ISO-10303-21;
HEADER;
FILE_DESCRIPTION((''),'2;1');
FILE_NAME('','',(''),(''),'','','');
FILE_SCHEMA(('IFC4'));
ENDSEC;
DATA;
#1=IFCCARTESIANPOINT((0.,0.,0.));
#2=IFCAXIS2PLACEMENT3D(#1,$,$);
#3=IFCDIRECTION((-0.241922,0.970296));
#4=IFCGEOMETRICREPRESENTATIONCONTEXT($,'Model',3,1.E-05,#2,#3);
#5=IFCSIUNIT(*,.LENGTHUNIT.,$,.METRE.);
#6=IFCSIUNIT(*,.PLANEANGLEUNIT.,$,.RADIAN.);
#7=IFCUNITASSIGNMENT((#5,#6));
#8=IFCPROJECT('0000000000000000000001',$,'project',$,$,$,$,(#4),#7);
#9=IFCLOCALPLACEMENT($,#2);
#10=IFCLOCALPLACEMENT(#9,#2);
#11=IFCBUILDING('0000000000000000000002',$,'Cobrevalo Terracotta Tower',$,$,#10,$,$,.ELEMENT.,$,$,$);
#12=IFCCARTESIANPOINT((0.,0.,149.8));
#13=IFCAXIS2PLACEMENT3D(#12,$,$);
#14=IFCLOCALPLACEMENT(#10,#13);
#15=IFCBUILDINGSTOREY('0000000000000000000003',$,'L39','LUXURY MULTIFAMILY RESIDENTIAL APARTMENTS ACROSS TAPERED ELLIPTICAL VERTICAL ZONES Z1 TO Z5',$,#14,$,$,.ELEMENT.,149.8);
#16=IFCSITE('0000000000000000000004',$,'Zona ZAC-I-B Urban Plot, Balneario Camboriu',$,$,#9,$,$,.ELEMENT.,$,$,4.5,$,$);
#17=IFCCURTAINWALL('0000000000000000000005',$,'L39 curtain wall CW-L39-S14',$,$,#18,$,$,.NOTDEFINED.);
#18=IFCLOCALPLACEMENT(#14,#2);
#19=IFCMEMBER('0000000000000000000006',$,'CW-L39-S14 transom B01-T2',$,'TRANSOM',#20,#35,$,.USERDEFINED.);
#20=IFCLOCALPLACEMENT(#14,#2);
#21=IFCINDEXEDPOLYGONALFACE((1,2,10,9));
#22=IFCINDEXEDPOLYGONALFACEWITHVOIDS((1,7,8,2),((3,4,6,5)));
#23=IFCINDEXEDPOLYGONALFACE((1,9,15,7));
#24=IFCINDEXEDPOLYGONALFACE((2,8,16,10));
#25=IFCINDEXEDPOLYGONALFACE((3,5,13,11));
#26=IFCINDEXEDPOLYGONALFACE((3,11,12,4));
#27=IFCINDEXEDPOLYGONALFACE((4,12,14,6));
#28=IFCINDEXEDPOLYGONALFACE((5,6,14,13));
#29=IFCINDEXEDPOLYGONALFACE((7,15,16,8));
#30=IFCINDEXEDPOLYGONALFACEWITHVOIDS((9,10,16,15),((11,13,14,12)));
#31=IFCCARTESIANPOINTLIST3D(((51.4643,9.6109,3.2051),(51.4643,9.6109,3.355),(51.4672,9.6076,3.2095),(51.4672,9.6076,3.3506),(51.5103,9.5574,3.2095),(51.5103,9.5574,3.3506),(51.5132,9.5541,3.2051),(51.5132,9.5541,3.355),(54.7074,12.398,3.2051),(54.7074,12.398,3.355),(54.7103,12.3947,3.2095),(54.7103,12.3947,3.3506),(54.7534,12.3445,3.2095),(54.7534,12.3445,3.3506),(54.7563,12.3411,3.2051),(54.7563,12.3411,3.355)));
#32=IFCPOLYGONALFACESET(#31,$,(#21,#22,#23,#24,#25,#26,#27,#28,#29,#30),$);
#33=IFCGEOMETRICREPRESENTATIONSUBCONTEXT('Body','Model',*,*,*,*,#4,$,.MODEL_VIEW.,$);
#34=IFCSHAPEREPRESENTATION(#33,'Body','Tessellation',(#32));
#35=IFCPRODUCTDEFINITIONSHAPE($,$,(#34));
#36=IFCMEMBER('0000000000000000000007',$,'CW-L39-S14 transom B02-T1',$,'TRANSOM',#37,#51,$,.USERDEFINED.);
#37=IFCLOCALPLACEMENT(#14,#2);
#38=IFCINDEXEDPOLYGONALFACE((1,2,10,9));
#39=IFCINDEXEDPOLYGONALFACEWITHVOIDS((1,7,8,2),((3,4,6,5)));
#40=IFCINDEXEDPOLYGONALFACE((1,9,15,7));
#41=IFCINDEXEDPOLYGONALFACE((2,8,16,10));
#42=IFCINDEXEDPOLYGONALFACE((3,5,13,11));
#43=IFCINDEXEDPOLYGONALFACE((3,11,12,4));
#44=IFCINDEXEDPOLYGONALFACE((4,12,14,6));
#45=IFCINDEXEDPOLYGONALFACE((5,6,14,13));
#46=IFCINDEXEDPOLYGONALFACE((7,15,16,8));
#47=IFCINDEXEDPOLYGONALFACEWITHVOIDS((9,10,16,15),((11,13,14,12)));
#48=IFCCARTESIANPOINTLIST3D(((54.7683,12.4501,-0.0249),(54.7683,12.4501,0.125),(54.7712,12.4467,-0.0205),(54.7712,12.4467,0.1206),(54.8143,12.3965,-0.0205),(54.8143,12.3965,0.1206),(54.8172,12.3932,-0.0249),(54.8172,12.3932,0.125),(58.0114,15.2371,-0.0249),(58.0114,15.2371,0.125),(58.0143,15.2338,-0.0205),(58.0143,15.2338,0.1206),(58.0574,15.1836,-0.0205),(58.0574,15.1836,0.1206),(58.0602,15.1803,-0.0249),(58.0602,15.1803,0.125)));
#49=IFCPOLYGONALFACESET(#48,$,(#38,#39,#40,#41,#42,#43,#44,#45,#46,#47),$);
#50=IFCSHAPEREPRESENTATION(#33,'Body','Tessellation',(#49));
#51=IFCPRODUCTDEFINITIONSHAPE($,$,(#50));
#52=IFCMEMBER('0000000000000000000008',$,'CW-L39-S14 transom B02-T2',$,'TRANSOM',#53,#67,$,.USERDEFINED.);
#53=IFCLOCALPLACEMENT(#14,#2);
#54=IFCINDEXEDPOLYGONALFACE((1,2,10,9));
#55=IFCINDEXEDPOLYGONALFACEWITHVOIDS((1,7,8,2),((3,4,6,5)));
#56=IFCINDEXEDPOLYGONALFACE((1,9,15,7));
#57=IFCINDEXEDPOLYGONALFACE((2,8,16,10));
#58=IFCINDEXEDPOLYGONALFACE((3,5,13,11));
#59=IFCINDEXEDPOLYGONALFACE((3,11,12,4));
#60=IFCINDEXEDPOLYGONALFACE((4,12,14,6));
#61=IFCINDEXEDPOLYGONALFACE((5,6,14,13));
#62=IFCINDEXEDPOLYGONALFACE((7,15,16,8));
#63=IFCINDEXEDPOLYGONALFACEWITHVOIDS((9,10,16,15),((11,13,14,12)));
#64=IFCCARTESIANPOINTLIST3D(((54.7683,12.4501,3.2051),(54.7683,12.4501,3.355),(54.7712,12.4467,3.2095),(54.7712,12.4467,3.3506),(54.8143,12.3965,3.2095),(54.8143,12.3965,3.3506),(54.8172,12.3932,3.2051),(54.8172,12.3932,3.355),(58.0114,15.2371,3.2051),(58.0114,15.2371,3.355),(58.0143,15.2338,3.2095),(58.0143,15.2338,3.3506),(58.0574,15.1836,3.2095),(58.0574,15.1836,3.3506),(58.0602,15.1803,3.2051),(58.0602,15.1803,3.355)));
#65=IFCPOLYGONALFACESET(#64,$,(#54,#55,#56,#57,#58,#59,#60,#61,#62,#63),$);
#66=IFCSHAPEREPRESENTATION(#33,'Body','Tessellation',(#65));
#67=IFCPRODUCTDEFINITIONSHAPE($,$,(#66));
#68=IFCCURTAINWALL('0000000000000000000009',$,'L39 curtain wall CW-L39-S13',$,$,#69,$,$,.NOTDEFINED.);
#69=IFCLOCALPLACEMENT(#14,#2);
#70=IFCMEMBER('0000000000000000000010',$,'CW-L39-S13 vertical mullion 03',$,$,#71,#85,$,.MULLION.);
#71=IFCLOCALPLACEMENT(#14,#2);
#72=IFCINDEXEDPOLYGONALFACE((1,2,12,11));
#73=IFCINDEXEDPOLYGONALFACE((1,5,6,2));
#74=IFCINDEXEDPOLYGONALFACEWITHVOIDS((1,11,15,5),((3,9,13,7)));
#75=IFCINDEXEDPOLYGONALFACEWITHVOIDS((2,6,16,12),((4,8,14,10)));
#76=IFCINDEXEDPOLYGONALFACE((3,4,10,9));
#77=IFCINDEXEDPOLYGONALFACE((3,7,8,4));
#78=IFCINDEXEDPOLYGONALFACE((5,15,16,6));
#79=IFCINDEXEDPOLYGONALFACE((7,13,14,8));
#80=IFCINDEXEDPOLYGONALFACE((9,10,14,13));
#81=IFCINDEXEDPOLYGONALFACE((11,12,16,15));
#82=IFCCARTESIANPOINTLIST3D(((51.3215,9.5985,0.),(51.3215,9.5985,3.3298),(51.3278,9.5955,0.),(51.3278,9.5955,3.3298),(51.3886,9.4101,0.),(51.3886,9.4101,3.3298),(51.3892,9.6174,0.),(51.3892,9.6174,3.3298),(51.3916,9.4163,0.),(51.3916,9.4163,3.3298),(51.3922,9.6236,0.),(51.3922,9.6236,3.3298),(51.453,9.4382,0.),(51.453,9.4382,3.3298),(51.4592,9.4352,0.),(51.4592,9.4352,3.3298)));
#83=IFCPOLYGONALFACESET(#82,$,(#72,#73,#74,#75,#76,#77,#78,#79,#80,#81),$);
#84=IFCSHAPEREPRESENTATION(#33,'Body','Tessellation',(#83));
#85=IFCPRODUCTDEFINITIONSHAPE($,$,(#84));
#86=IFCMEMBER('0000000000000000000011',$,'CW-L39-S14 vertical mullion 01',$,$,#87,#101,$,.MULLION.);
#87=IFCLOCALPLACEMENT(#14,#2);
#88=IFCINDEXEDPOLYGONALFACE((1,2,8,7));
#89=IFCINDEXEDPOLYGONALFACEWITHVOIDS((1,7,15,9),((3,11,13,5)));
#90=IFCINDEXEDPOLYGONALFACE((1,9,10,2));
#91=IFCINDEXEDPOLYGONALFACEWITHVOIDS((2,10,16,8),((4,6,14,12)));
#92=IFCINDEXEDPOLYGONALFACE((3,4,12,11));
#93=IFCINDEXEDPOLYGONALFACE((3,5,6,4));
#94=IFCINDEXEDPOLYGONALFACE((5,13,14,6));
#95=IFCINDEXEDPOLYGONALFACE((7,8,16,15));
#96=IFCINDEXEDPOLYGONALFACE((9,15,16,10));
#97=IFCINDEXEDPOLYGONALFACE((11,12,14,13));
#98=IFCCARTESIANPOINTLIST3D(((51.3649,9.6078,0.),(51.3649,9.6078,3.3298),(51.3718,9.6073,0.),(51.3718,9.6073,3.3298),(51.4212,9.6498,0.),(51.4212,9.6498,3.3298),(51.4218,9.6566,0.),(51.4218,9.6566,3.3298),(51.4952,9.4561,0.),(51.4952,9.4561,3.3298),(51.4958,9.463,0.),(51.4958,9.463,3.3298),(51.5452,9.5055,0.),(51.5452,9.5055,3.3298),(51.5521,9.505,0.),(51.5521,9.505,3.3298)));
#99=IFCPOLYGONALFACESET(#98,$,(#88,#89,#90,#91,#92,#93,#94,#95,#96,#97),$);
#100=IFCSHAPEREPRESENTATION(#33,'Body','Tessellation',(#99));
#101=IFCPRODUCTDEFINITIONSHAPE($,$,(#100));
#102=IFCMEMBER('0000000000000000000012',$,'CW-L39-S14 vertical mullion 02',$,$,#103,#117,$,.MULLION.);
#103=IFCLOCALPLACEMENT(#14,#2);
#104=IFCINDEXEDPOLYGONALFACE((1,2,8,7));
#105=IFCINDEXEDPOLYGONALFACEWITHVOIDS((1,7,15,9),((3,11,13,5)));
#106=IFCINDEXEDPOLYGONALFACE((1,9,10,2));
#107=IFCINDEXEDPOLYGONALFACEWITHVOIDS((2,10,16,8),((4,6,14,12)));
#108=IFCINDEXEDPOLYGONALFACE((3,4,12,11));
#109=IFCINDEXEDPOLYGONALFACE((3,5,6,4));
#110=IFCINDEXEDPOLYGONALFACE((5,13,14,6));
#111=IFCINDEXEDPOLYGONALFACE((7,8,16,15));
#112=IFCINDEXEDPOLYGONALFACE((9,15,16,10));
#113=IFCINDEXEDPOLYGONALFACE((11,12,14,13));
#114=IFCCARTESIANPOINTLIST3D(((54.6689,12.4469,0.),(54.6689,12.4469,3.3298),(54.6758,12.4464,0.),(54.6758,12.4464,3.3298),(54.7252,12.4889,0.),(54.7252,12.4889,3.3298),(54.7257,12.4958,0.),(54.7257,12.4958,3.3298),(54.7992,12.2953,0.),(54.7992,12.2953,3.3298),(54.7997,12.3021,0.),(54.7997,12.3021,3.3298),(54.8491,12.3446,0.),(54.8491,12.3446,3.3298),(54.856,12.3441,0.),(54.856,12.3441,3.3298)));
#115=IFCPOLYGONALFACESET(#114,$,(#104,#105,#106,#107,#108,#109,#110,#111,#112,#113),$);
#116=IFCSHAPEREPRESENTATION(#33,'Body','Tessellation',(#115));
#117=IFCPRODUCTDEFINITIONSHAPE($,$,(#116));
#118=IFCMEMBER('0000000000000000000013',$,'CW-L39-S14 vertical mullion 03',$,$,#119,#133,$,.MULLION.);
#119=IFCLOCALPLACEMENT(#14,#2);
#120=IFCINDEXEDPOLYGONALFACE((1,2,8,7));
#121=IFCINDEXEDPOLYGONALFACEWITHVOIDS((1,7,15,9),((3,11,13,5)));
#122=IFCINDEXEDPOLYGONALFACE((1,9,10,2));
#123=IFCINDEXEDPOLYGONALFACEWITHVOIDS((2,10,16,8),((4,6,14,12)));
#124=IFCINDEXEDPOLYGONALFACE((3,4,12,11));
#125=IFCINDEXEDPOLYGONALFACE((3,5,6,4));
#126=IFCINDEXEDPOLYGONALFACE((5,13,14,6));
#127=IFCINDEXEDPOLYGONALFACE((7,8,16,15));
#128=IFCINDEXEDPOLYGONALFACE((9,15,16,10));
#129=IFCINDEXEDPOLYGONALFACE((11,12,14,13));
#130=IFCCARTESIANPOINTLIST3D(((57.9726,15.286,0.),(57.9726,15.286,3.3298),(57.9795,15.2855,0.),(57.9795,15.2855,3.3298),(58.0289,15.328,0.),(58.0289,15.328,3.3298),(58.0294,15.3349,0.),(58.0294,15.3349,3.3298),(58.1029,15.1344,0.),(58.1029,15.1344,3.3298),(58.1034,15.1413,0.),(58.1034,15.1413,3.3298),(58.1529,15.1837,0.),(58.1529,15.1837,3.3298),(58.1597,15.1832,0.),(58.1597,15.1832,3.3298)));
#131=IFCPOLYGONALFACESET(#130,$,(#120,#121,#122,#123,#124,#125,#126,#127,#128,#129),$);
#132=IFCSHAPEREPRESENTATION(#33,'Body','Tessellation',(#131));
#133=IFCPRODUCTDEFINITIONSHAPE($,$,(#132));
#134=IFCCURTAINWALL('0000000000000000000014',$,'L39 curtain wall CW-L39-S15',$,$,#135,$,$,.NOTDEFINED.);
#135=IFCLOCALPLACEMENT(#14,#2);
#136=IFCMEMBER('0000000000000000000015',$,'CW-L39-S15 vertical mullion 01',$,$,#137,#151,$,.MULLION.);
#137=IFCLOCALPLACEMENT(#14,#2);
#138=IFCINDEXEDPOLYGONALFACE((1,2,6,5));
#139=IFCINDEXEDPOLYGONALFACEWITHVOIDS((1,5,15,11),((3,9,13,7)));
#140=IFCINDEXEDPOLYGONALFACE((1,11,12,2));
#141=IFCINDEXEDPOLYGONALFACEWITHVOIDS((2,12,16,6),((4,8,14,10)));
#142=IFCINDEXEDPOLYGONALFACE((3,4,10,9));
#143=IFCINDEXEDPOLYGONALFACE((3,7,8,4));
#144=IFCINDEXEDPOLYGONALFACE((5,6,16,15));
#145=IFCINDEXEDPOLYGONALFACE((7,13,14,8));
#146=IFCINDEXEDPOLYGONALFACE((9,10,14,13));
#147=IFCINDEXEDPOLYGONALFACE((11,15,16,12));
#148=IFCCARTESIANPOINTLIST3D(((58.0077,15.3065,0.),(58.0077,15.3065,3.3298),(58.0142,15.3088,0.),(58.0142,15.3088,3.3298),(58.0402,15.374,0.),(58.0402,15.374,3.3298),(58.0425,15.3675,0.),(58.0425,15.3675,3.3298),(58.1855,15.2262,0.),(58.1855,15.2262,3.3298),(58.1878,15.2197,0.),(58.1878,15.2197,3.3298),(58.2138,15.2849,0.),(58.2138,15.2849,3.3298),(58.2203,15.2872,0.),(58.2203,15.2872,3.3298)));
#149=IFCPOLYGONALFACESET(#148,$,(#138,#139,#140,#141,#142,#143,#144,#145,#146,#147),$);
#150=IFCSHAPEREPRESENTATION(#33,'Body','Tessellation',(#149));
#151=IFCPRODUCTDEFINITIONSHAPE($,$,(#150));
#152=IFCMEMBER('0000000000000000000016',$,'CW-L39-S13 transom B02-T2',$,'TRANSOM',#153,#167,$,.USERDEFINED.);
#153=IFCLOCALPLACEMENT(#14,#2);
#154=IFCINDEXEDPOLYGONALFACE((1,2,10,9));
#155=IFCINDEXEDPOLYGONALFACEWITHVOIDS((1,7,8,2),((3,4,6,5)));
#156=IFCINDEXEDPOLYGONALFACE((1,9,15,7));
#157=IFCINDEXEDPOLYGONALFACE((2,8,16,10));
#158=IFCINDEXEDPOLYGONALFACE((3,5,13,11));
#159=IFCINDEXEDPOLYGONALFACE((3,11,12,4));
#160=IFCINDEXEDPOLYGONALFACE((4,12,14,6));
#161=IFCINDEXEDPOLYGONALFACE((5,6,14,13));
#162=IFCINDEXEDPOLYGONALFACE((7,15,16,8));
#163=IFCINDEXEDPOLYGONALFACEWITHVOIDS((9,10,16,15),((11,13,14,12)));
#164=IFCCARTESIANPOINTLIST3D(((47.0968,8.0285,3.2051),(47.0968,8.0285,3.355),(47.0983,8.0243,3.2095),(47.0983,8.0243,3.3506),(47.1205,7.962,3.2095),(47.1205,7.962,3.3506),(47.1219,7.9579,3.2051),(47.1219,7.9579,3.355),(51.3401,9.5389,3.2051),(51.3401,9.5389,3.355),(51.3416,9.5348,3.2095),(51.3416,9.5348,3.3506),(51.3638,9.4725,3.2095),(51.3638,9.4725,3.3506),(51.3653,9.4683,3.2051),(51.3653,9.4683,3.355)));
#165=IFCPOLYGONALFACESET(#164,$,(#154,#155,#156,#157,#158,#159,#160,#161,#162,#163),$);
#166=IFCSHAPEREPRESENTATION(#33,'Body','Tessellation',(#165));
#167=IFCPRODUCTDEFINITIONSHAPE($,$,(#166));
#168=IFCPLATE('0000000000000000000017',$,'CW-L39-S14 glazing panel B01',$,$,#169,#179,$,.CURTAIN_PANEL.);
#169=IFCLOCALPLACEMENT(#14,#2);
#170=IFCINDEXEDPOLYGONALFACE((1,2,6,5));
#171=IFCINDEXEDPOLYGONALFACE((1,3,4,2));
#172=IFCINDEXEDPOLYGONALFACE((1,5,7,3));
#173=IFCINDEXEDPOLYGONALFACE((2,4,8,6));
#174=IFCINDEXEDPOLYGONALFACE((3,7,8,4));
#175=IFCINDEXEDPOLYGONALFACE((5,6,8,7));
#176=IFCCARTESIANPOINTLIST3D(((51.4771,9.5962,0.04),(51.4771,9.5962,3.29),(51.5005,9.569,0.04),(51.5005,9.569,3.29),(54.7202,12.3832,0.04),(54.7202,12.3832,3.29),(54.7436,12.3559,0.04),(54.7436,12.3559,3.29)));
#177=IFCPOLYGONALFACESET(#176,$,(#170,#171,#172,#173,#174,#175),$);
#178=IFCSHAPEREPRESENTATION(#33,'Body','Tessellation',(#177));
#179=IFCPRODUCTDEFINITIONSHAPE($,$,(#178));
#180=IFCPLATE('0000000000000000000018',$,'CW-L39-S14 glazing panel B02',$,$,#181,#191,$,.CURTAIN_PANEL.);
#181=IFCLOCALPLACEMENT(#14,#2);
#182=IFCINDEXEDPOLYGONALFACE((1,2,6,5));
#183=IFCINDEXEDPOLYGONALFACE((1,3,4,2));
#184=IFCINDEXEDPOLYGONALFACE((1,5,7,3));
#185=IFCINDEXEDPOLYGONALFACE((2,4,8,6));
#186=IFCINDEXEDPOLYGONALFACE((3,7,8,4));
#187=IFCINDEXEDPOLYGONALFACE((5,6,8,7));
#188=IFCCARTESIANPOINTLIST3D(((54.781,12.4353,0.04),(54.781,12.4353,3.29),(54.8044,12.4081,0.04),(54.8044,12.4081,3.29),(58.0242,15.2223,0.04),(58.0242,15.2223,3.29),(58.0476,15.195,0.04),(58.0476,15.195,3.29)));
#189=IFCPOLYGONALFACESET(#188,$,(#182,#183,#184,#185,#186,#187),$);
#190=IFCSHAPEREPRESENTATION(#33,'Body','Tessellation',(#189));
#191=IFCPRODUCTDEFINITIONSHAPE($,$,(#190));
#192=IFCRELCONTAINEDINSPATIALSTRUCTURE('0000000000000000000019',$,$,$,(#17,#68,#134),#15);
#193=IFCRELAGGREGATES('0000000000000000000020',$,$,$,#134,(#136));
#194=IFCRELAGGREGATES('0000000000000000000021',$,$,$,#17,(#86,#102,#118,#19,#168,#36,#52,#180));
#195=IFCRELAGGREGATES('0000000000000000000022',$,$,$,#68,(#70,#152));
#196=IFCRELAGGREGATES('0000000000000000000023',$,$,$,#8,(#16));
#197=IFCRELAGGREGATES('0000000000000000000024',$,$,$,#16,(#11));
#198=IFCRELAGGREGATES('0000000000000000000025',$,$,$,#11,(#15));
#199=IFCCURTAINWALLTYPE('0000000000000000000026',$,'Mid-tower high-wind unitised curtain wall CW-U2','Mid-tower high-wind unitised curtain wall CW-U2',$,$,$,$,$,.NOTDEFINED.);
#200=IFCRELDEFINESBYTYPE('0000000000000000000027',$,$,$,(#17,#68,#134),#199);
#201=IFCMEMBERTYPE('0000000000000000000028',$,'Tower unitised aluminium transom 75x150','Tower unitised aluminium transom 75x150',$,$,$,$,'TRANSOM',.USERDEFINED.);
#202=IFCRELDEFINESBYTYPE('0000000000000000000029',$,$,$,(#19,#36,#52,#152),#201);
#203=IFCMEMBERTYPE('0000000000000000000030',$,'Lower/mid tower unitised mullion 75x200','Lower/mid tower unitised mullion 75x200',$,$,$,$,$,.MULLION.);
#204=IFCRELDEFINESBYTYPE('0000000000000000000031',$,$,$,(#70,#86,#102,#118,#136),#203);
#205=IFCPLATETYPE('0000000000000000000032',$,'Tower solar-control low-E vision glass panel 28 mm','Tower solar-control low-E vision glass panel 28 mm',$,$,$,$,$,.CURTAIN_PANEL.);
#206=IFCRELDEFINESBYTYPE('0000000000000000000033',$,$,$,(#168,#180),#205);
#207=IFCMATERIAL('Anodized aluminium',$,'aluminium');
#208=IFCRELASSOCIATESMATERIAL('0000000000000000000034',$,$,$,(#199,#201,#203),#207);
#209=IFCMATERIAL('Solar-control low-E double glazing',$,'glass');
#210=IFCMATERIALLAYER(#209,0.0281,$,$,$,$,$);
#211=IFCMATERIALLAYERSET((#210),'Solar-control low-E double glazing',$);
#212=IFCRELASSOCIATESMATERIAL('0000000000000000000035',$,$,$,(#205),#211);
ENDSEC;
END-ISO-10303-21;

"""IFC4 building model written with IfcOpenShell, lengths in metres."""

from ifc_helpers import new_model, si_unit, direction, frame, origin, origin_2d, place, context, subcontext, project, spatial, rectangle, hollow_rectangle, extrude, source, transform, mapped, material, layer, layer_set, material_profile, profile_set, type_object, element, aggregate, save


model = new_model("IFC4")

# Units and contexts
model_context = context("Model", 3, precision=1e-05, world=origin(), true_north=direction((-0.241922, 0.970296)))
body_context = subcontext(model_context, "Body", "Model", "MODEL_VIEW")
ifc_project = project(units=[si_unit("LENGTHUNIT", "METRE"), si_unit("PLANEANGLEUNIT", "RADIAN")], contexts=[model_context])

# Site, building, storey
site_placement = place(None, origin())
site = spatial("IfcSite", under=ifc_project, at=site_placement, Name="Zona ZAC-I-B Urban Plot, Balneario Camboriu", CompositionType="ELEMENT", RefElevation=4.5)
building_placement = place(site_placement, origin())
building = spatial("IfcBuilding", under=site, at=building_placement, Name="Cobrevalo Terracotta Tower", CompositionType="ELEMENT")
storey_placement = place(building_placement, frame((0.0, 0.0, 149.8)))
storey = spatial("IfcBuildingStorey", under=building, at=storey_placement, Name="L39", Description="LUXURY MULTIFAMILY RESIDENTIAL APARTMENTS ACROSS TAPERED ELLIPTICAL VERTICAL ZONES Z1 TO Z5", CompositionType="ELEMENT", Elevation=149.8)

# Curtain wall, members
ifc_material_1 = material(Name="Anodized aluminium", Category="aluminium")
curtain_wall_type = type_object("IfcCurtainWallType", Name="Mid-tower high-wind unitised curtain wall CW-U2", Description="Mid-tower high-wind unitised curtain wall CW-U2", PredefinedType="NOTDEFINED", material=ifc_material_1)
curtain_wall_1_placement = place(storey_placement, origin())
curtain_wall_1 = element("IfcCurtainWall", 1, at=curtain_wall_1_placement, inside=storey, type_object=curtain_wall_type, Name="L39 curtain wall CW-L39-S14", PredefinedType="NOTDEFINED")
ifc_material_profile_1 = material_profile(ifc_material_1, hollow_rectangle(XDim=0.075, YDim=0.1499, WallThickness=0.0044, at=origin_2d()), Name="CWT 75x150")
ifc_profile_set_1 = profile_set([ifc_material_profile_1], Name="Anodized aluminium")
member_type_1 = type_object("IfcMemberType", Name="Tower unitised aluminium transom 75x150", Description="Tower unitised aluminium transom 75x150", ElementType="TRANSOM", PredefinedType="USERDEFINED", material=ifc_profile_set_1)
shared_shape_1 = source(origin(), body_context, "Body", "SweptSolid", [
    extrude(hollow_rectangle(XDim=0.075, YDim=0.1499, WallThickness=0.0044, at=origin_2d()), origin(), (0.0, 0.0, 1.0), 4.2761),
])
member_1_placement = place(storey_placement, frame((51.4888, 9.5825, 3.28), z_axis=(0.758418, 0.651769, 0.0), x_axis=(-0.651769, 0.758418, 0.0)))
member_1 = element("IfcMember", 2, at=member_1_placement, type_object=member_type_1, Name="CW-L39-S14 transom B01-T2", ObjectType="TRANSOM", PredefinedType="USERDEFINED", context=body_context, shape_type="MappedRepresentation", body=[
    mapped(shared_shape_1, transform((0.0, 0.0, 0.0), scale=1.0)),
])
member_2_placement = place(storey_placement, frame((54.7927, 12.4216, 0.05), z_axis=(0.758418, 0.651769, 0.0), x_axis=(-0.651769, 0.758418, 0.0)))
member_2 = element("IfcMember", 3, at=member_2_placement, type_object=member_type_1, Name="CW-L39-S14 transom B02-T1", ObjectType="TRANSOM", PredefinedType="USERDEFINED", context=body_context, shape_type="MappedRepresentation", body=[
    mapped(shared_shape_1, transform((0.0, 0.0, 0.0), scale=1.0)),
])
member_3_placement = place(storey_placement, frame((54.7927, 12.4216, 3.28), z_axis=(0.758418, 0.651769, 0.0), x_axis=(-0.651769, 0.758418, 0.0)))
member_3 = element("IfcMember", 4, at=member_3_placement, type_object=member_type_1, Name="CW-L39-S14 transom B02-T2", ObjectType="TRANSOM", PredefinedType="USERDEFINED", context=body_context, shape_type="MappedRepresentation", body=[
    mapped(shared_shape_1, transform((0.0, 0.0, 0.0), scale=1.0)),
])

# Curtain wall, member
curtain_wall_2_placement = place(storey_placement, origin())
curtain_wall_2 = element("IfcCurtainWall", 5, at=curtain_wall_2_placement, inside=storey, type_object=curtain_wall_type, Name="L39 curtain wall CW-L39-S13", PredefinedType="NOTDEFINED")
ifc_material_profile_2 = material_profile(ifc_material_1, hollow_rectangle(XDim=0.075, YDim=0.2, WallThickness=0.0049, at=origin_2d()), Name="CWM 75x200")
ifc_profile_set_2 = profile_set([ifc_material_profile_2], Name="Anodized aluminium")
member_type_2 = type_object("IfcMemberType", Name="Lower/mid tower unitised mullion 75x200", Description="Lower/mid tower unitised mullion 75x200", PredefinedType="MULLION", material=ifc_profile_set_2)
shared_shape_2 = source(origin(), body_context, "Body", "SweptSolid", [
    extrude(hollow_rectangle(XDim=0.075, YDim=0.2, WallThickness=0.0049, at=origin_2d()), origin(), (0.0, 0.0, 1.0), 3.3298),
])
member_4_placement = place(storey_placement, frame((51.3904, 9.5168, 0.0), z_axis=(0.0, 0.0, 1.0), x_axis=(0.942098, 0.335336, 0.0)))
member_4 = element("IfcMember", 6, at=member_4_placement, type_object=member_type_2, Name="CW-L39-S13 vertical mullion 03", PredefinedType="MULLION", context=body_context, shape_type="MappedRepresentation", body=[
    mapped(shared_shape_2, transform((0.0, 0.0, 0.0), scale=1.0)),
])

# Members
member_5_placement = place(storey_placement, frame((51.4585, 9.5564, 0.0), z_axis=(0.0, 0.0, 1.0), x_axis=(0.758442, 0.651741, 0.0)))
member_5 = element("IfcMember", 7, at=member_5_placement, type_object=member_type_2, Name="CW-L39-S14 vertical mullion 01", PredefinedType="MULLION", context=body_context, shape_type="MappedRepresentation", body=[
    mapped(shared_shape_2, transform((0.0, 0.0, 0.0), scale=1.0)),
])
member_6_placement = place(storey_placement, frame((54.7625, 12.3955, 0.0), z_axis=(0.0, 0.0, 1.0), x_axis=(0.758442, 0.651741, 0.0)))
member_6 = element("IfcMember", 8, at=member_6_placement, type_object=member_type_2, Name="CW-L39-S14 vertical mullion 02", PredefinedType="MULLION", context=body_context, shape_type="MappedRepresentation", body=[
    mapped(shared_shape_2, transform((0.0, 0.0, 0.0), scale=1.0)),
])
member_7_placement = place(storey_placement, frame((58.0662, 15.2346, 0.0), z_axis=(0.0, 0.0, 1.0), x_axis=(0.758442, 0.651741, 0.0)))
member_7 = element("IfcMember", 9, at=member_7_placement, type_object=member_type_2, Name="CW-L39-S14 vertical mullion 03", PredefinedType="MULLION", context=body_context, shape_type="MappedRepresentation", body=[
    mapped(shared_shape_2, transform((0.0, 0.0, 0.0), scale=1.0)),
])

# Curtain wall, member
curtain_wall_3_placement = place(storey_placement, origin())
curtain_wall_3 = element("IfcCurtainWall", 10, at=curtain_wall_3_placement, inside=storey, type_object=curtain_wall_type, Name="L39 curtain wall CW-L39-S15", PredefinedType="NOTDEFINED")
member_8_placement = place(storey_placement, frame((58.114, 15.2969, 0.0), z_axis=(0.0, 0.0, 1.0), x_axis=(0.434209, 0.900812, 0.0)))
member_8 = element("IfcMember", 11, at=member_8_placement, type_object=member_type_2, Name="CW-L39-S15 vertical mullion 01", PredefinedType="MULLION", context=body_context, shape_type="MappedRepresentation", body=[
    mapped(shared_shape_2, transform((0.0, 0.0, 0.0), scale=1.0)),
])
aggregate(curtain_wall_3, [member_8])

# Member
shared_shape_3 = source(origin(), body_context, "Body", "SweptSolid", [
    extrude(hollow_rectangle(XDim=0.075, YDim=0.1499, WallThickness=0.0044, at=origin_2d()), origin(), (0.0, 0.0, 1.0), 4.5042),
])
member_9_placement = place(storey_placement, frame((47.1094, 7.9932, 3.28), z_axis=(0.942093, 0.335351, 0.0), x_axis=(-0.335351, 0.942093, 0.0)))
member_9 = element("IfcMember", 12, at=member_9_placement, type_object=member_type_1, Name="CW-L39-S13 transom B02-T2", ObjectType="TRANSOM", PredefinedType="USERDEFINED", context=body_context, shape_type="MappedRepresentation", body=[
    mapped(shared_shape_3, transform((0.0, 0.0, 0.0), scale=1.0)),
])

# Plates
ifc_material_2 = material(Name="Solar-control low-E double glazing", Category="glass")
ifc_layer_1 = layer(ifc_material_2, 0.0281)
ifc_layer_set_1 = layer_set([ifc_layer_1], Name="Solar-control low-E double glazing")
plate_type = type_object("IfcPlateType", Name="Tower solar-control low-E vision glass panel 28 mm", Description="Tower solar-control low-E vision glass panel 28 mm", PredefinedType="CURTAIN_PANEL", material=ifc_layer_set_1)
shared_shape_4 = source(origin(), body_context, "Body", "SweptSolid", [
    extrude(rectangle(XDim=4.2761, YDim=0.0359, at=origin_2d()), origin(), (0.0, 0.0, 1.0), 3.25),
])
plate_1_placement = place(storey_placement, frame((53.1104, 10.9761, 0.04), z_axis=(0.0, 0.0, 1.0), x_axis=(0.758437, 0.651746, 0.0)))
plate_1 = element("IfcPlate", 13, at=plate_1_placement, type_object=plate_type, Name="CW-L39-S14 glazing panel B01", PredefinedType="CURTAIN_PANEL", context=body_context, shape_type="MappedRepresentation", body=[
    mapped(shared_shape_4, transform((0.0, 0.0, 0.0), scale=1.0)),
])
plate_2_placement = place(storey_placement, frame((56.4143, 13.8152, 0.04), z_axis=(0.0, 0.0, 1.0), x_axis=(0.758437, 0.651746, 0.0)))
plate_2 = element("IfcPlate", 14, at=plate_2_placement, type_object=plate_type, Name="CW-L39-S14 glazing panel B02", PredefinedType="CURTAIN_PANEL", context=body_context, shape_type="MappedRepresentation", body=[
    mapped(shared_shape_4, transform((0.0, 0.0, 0.0), scale=1.0)),
])
aggregate(curtain_wall_1, [member_5, member_6, member_7, member_1, plate_1, member_2, member_3, plate_2])
aggregate(curtain_wall_2, [member_4, member_9])

save(model, "model.ifc")
